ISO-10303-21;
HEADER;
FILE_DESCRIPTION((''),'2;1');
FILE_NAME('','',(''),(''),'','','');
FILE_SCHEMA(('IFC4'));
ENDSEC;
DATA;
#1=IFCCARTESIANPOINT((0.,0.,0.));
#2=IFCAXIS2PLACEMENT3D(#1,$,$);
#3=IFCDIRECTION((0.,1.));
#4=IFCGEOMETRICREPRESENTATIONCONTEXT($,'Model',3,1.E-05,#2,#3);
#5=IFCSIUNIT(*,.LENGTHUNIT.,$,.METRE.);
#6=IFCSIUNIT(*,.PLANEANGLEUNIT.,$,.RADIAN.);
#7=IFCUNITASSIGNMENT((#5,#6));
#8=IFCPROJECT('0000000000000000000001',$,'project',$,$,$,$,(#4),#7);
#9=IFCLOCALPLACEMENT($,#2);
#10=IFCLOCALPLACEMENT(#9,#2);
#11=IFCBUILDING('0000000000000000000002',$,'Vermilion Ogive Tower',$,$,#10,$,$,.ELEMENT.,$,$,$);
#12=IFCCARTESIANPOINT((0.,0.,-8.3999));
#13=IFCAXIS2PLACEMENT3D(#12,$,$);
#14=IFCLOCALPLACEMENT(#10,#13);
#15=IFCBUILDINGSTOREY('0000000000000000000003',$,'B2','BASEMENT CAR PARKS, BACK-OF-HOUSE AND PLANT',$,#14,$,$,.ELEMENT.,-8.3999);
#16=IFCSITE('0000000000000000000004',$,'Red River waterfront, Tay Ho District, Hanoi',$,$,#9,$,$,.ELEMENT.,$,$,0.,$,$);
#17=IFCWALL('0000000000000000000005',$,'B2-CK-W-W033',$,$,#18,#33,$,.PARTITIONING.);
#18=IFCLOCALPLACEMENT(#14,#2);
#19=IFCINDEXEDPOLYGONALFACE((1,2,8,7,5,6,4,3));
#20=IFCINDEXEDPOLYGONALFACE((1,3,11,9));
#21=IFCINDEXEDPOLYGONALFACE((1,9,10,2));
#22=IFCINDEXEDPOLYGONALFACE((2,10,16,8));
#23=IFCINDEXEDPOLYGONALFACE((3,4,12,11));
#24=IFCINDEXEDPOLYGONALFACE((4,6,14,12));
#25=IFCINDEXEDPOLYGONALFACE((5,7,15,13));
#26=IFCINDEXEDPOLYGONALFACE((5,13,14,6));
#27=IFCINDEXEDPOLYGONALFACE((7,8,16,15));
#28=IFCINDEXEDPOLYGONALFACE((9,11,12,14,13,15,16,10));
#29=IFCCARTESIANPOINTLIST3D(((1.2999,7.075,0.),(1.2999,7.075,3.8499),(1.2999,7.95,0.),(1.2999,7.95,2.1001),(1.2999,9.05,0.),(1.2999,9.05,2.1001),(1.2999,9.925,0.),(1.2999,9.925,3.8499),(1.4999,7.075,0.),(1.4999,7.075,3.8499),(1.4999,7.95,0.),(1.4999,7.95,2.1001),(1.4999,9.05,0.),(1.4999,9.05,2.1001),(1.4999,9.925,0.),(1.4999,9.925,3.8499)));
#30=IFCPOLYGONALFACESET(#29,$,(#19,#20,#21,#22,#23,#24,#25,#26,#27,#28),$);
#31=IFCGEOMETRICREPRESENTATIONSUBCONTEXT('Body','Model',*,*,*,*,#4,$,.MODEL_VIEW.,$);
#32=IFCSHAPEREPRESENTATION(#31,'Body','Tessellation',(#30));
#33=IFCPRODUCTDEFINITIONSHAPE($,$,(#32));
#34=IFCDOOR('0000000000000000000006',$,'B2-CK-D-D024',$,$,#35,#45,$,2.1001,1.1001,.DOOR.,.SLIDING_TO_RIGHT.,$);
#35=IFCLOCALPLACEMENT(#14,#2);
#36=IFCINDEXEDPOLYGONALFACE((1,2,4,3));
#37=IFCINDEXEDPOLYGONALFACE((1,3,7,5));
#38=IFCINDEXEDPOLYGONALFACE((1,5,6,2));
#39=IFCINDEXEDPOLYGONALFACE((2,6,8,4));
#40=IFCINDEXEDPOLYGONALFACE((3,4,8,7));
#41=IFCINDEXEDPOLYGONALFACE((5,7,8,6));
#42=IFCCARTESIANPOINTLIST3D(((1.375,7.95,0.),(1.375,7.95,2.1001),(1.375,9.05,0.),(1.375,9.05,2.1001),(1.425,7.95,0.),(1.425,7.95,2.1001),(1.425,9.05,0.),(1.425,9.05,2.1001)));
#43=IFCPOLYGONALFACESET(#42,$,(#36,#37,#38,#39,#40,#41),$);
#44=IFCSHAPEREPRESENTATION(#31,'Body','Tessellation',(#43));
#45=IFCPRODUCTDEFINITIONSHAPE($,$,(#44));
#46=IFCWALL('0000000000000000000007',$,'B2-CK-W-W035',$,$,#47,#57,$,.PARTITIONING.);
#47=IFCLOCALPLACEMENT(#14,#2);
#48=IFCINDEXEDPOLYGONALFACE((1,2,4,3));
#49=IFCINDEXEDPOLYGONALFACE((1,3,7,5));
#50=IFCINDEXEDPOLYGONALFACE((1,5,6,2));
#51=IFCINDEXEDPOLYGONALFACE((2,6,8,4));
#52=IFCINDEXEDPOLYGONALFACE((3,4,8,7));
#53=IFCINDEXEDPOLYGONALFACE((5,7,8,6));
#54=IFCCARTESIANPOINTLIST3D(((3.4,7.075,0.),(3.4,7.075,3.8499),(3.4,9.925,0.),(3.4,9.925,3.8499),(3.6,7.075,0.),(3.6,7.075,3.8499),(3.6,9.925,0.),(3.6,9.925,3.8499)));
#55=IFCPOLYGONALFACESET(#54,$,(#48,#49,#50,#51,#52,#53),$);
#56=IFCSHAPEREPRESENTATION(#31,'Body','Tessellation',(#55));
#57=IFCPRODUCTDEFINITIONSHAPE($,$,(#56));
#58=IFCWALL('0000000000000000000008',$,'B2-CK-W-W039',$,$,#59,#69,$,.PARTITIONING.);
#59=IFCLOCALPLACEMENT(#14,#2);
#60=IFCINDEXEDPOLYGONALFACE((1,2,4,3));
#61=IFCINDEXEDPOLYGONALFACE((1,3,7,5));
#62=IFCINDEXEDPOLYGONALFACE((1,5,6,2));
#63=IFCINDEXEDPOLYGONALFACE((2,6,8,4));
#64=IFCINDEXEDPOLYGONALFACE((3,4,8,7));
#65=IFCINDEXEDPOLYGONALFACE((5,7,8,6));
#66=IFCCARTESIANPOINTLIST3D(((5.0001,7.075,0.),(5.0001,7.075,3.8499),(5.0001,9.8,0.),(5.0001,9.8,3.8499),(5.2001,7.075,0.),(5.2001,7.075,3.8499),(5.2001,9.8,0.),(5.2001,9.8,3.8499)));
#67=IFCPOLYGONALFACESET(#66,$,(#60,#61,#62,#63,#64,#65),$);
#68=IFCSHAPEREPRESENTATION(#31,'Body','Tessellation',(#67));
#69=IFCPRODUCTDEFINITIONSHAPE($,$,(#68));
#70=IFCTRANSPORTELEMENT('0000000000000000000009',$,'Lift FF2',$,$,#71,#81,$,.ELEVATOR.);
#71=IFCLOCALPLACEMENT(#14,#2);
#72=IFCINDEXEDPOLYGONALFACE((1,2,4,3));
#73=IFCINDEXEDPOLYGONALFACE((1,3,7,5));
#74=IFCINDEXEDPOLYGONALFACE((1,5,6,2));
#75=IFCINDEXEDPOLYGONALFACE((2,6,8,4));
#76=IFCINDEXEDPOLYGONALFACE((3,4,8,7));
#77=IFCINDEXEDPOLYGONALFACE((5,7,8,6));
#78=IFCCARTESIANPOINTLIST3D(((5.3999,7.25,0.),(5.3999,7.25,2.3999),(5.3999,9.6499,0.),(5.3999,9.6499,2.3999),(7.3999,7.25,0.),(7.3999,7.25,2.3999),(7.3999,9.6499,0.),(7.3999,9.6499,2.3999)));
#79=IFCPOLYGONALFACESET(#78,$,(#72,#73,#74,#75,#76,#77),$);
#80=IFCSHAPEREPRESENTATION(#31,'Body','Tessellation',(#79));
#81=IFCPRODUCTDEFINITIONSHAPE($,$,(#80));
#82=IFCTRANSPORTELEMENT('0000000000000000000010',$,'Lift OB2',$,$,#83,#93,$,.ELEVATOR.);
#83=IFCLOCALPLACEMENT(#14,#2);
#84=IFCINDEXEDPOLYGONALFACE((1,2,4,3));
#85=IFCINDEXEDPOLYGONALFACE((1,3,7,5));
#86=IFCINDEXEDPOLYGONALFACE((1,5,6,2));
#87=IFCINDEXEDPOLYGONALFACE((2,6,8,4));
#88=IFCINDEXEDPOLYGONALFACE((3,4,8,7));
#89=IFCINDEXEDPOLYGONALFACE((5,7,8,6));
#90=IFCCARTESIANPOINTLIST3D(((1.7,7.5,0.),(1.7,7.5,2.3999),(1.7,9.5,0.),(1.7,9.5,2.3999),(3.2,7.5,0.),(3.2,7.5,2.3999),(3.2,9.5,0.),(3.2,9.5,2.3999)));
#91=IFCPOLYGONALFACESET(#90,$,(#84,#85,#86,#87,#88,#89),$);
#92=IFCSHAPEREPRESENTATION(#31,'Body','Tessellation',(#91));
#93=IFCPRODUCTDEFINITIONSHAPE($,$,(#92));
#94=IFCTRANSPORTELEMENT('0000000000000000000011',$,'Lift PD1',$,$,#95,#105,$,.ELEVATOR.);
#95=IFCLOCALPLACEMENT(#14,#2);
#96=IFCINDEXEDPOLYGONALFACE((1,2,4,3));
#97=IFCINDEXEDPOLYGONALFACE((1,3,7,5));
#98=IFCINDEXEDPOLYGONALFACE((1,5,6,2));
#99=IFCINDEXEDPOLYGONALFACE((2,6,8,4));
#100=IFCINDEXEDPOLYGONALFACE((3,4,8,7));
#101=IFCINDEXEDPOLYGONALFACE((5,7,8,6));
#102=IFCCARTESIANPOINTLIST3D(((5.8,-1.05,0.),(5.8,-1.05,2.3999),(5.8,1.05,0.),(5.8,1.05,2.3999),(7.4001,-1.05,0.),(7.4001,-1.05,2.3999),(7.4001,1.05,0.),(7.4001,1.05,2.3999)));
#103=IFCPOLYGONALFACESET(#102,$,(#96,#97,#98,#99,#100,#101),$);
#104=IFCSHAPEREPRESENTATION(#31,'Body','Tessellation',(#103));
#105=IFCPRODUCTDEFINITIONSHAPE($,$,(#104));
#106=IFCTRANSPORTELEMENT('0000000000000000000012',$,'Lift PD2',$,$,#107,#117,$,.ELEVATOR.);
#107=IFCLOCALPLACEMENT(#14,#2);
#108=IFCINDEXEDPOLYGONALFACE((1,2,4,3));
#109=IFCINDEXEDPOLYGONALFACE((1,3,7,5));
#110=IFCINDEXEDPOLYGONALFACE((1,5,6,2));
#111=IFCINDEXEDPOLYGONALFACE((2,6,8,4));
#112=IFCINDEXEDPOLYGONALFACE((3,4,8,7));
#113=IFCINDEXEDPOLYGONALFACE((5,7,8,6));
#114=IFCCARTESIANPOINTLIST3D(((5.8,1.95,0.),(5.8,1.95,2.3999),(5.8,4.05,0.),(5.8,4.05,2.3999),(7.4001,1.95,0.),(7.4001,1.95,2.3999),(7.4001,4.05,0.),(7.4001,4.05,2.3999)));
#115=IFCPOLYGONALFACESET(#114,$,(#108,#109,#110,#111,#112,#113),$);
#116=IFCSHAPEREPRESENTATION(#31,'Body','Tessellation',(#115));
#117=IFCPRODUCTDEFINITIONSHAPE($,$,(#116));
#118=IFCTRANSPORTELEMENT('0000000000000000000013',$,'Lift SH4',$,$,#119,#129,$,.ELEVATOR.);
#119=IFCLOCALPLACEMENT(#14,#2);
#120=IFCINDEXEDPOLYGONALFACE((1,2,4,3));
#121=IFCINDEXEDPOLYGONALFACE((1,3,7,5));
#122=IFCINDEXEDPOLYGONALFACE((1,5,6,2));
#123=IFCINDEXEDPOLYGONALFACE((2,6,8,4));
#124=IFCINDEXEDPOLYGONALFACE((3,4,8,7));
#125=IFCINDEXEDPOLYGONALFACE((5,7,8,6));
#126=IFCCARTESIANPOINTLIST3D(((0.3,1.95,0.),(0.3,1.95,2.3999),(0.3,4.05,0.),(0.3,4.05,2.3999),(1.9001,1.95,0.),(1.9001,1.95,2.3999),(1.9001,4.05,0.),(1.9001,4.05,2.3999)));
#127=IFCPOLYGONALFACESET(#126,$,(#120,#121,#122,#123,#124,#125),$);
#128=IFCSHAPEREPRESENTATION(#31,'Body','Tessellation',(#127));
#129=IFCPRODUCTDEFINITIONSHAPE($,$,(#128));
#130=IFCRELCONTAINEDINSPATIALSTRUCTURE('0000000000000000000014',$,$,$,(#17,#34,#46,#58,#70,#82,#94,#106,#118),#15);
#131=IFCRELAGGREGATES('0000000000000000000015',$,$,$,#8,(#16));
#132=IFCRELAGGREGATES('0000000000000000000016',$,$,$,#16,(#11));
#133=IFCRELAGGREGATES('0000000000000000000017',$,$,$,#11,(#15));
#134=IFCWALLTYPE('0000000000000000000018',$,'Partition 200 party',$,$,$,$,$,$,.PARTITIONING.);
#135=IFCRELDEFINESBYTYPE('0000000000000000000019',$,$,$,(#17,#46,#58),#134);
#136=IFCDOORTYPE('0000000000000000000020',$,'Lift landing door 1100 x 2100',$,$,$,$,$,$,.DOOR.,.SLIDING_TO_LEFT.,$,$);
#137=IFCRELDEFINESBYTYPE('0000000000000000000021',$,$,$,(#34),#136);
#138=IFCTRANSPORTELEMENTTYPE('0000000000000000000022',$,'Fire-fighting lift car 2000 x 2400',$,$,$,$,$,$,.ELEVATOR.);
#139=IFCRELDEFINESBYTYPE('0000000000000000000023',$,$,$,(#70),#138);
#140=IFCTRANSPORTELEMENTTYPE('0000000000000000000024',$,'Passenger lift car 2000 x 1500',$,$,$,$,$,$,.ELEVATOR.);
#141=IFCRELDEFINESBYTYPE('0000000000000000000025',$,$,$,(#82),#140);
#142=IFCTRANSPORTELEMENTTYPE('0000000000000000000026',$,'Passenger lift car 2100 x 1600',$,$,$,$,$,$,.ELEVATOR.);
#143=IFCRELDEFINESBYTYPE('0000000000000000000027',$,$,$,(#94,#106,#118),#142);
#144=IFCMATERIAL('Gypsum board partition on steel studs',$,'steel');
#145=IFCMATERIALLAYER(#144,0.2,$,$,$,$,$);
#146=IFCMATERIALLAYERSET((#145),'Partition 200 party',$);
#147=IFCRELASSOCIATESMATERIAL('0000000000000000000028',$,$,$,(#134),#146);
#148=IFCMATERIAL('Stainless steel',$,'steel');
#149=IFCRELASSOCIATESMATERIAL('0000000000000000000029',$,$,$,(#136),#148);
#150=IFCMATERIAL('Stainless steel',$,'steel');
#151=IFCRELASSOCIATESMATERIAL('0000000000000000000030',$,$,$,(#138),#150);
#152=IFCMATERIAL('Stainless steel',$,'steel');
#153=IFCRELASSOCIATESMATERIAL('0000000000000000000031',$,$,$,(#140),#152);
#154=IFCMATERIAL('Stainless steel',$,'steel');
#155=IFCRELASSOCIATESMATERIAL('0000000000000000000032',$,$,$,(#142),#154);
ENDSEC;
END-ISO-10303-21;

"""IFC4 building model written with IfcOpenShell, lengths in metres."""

from ifc_helpers import new_model, si_unit, direction, frame, frame_2d, origin, origin_2d, place, context, subcontext, project, spatial, rectangle, extrude, material, layer, layer_set, type_object, element, fill, save


model = new_model("IFC4")

# Units and contexts
model_context = context("Model", 3, precision=1e-05, world=origin(), true_north=direction((0.0, 1.0)))
body_context = subcontext(model_context, "Body", "Model", "MODEL_VIEW")
ifc_project = project(units=[si_unit("LENGTHUNIT", "METRE"), si_unit("PLANEANGLEUNIT", "RADIAN")], contexts=[model_context])

# Site, building, storey
site_placement = place(None, origin())
site = spatial("IfcSite", under=ifc_project, at=site_placement, Name="Red River waterfront, Tay Ho District, Hanoi", CompositionType="ELEMENT", RefElevation=0.0)
building_placement = place(site_placement, origin())
building = spatial("IfcBuilding", under=site, at=building_placement, Name="Vermilion Ogive Tower", CompositionType="ELEMENT")
storey_placement = place(building_placement, frame((0.0, 0.0, -8.3999)))
storey = spatial("IfcBuildingStorey", under=building, at=storey_placement, Name="B2", Description="BASEMENT CAR PARKS, BACK-OF-HOUSE AND PLANT", CompositionType="ELEMENT", Elevation=-8.3999)

# Shared definitions
ifc_material_1 = material(Name="Gypsum board partition on steel studs", Category="steel")
ifc_layer_1 = layer(ifc_material_1, 0.2)
ifc_layer_set_1 = layer_set([ifc_layer_1], Name="Partition 200 party")
wall_type_1 = type_object("IfcWallType", Name="Partition 200 party", PredefinedType="PARTITIONING", material=ifc_layer_set_1)

# Wall, opening, door
ifc_material_2 = material(Name="Stainless steel", Category="steel")
door_type_1 = type_object("IfcDoorType", Name="Lift landing door 1100 x 2100", OperationType="SLIDING_TO_LEFT", PredefinedType="DOOR", material=ifc_material_2)
wall_1_placement = place(storey_placement, frame((1.3999, 7.075, 0.0), z_axis=(0.0, 0.0, 1.0), x_axis=(0.0, 1.0, 0.0)))
wall_1 = element("IfcWall", 1, at=wall_1_placement, inside=storey, type_object=wall_type_1, Name="B2-CK-W-W033", PredefinedType="PARTITIONING", context=body_context, shape_type="SweptSolid", body=[
    extrude(rectangle(XDim=2.8501, YDim=0.2, at=frame_2d((1.425, 0.0))), origin(), (0.0, 0.0, 1.0), 3.8499),
])
opening_1_placement = place(wall_1_placement, frame((0.875, 0.0, 0.0)))
opening_1 = element("IfcOpeningElement", 2, at=opening_1_placement, cuts=wall_1, PredefinedType="OPENING", context=body_context, shape_type="SweptSolid", body=[
    extrude(rectangle(XDim=1.1001, YDim=2.1001, at=frame_2d((0.55, 1.05))), frame((0.0, 0.1099, 0.0), z_axis=(0.0, -1.0, 0.0), x_axis=(1.0, 0.0, 0.0)), (0.0, 0.0, 1.0), 0.22),
])
door_1_placement = place(opening_1_placement, origin())
door_1 = element("IfcDoor", 3, at=door_1_placement, inside=storey, type_object=door_type_1, Name="B2-CK-D-D024", OperationType="SLIDING_TO_RIGHT", OverallHeight=2.1001, OverallWidth=1.1001, PredefinedType="DOOR", context=body_context, shape_type="SweptSolid", body=[
    extrude(rectangle(XDim=1.1001, YDim=2.1001, at=frame_2d((0.55, 1.05))), frame((0.0, 0.0249, 0.0), z_axis=(0.0, -1.0, 0.0), x_axis=(1.0, 0.0, 0.0)), (0.0, 0.0, 1.0), 0.05),
])
fill(opening_1, door_1)

# Walls
wall_2_placement = place(storey_placement, frame((3.5, 7.075, 0.0), z_axis=(0.0, 0.0, 1.0), x_axis=(0.0, 1.0, 0.0)))
element("IfcWall", 4, at=wall_2_placement, inside=storey, type_object=wall_type_1, Name="B2-CK-W-W035", PredefinedType="PARTITIONING", context=body_context, shape_type="SweptSolid", body=[
    extrude(rectangle(XDim=2.8501, YDim=0.2, at=frame_2d((1.425, 0.0))), origin(), (0.0, 0.0, 1.0), 3.8499),
])
wall_3_placement = place(storey_placement, frame((5.1001, 7.075, 0.0), z_axis=(0.0, 0.0, 1.0), x_axis=(0.0, 1.0, 0.0)))
element("IfcWall", 5, at=wall_3_placement, inside=storey, type_object=wall_type_1, Name="B2-CK-W-W039", PredefinedType="PARTITIONING", context=body_context, shape_type="SweptSolid", body=[
    extrude(rectangle(XDim=2.7251, YDim=0.2, at=frame_2d((1.3625, 0.0))), origin(), (0.0, 0.0, 1.0), 3.8499),
])

# Transport elements
ifc_material_3 = material(Name="Stainless steel", Category="steel")
transport_element_type_1 = type_object("IfcTransportElementType", Name="Fire-fighting lift car 2000 x 2400", PredefinedType="ELEVATOR", material=ifc_material_3)
transport_element_1_placement = place(storey_placement, frame((6.3999, 8.45, 0.0), z_axis=(0.0, 0.0, 1.0), x_axis=(1.0, 0.0, 0.0)))
element("IfcTransportElement", 6, at=transport_element_1_placement, inside=storey, type_object=transport_element_type_1, Name="Lift FF2", PredefinedType="ELEVATOR", context=body_context, shape_type="SweptSolid", body=[
    extrude(rectangle(XDim=2.0, YDim=2.3999, at=origin_2d()), origin(), (0.0, 0.0, 1.0), 2.3999),
])
ifc_material_4 = material(Name="Stainless steel", Category="steel")
transport_element_type_2 = type_object("IfcTransportElementType", Name="Passenger lift car 2000 x 1500", PredefinedType="ELEVATOR", material=ifc_material_4)
transport_element_2_placement = place(storey_placement, frame((2.45, 8.5, 0.0), z_axis=(0.0, 0.0, 1.0), x_axis=(1.0, 0.0, 0.0)))
element("IfcTransportElement", 7, at=transport_element_2_placement, inside=storey, type_object=transport_element_type_2, Name="Lift OB2", PredefinedType="ELEVATOR", context=body_context, shape_type="SweptSolid", body=[
    extrude(rectangle(XDim=1.5, YDim=2.0, at=origin_2d()), origin(), (0.0, 0.0, 1.0), 2.3999),
])
ifc_material_5 = material(Name="Stainless steel", Category="steel")
transport_element_type_3 = type_object("IfcTransportElementType", Name="Passenger lift car 2100 x 1600", PredefinedType="ELEVATOR", material=ifc_material_5)
for number, where, z_axis, x_axis, name in (
    (8, (6.6001, 0.0, 0.0), (0.0, 0.0, 1.0), (1.0, 0.0, 0.0), "Lift PD1"),
    (9, (6.6001, 3.0, 0.0), (0.0, 0.0, 1.0), (1.0, 0.0, 0.0), "Lift PD2"),
    (10, (1.1001, 3.0, 0.0), (0.0, 0.0, 1.0), (1.0, 0.0, 0.0), "Lift SH4"),
):
    element("IfcTransportElement", number, at=place(storey_placement, frame(where, z_axis=z_axis, x_axis=x_axis)), inside=storey, type_object=transport_element_type_3, Name=name, PredefinedType="ELEVATOR", context=body_context, shape_type="SweptSolid", body=[
        extrude(rectangle(XDim=1.6001, YDim=2.1001, at=origin_2d()), origin(), (0.0, 0.0, 1.0), 2.3999),
    ])

save(model, "model.ifc")
